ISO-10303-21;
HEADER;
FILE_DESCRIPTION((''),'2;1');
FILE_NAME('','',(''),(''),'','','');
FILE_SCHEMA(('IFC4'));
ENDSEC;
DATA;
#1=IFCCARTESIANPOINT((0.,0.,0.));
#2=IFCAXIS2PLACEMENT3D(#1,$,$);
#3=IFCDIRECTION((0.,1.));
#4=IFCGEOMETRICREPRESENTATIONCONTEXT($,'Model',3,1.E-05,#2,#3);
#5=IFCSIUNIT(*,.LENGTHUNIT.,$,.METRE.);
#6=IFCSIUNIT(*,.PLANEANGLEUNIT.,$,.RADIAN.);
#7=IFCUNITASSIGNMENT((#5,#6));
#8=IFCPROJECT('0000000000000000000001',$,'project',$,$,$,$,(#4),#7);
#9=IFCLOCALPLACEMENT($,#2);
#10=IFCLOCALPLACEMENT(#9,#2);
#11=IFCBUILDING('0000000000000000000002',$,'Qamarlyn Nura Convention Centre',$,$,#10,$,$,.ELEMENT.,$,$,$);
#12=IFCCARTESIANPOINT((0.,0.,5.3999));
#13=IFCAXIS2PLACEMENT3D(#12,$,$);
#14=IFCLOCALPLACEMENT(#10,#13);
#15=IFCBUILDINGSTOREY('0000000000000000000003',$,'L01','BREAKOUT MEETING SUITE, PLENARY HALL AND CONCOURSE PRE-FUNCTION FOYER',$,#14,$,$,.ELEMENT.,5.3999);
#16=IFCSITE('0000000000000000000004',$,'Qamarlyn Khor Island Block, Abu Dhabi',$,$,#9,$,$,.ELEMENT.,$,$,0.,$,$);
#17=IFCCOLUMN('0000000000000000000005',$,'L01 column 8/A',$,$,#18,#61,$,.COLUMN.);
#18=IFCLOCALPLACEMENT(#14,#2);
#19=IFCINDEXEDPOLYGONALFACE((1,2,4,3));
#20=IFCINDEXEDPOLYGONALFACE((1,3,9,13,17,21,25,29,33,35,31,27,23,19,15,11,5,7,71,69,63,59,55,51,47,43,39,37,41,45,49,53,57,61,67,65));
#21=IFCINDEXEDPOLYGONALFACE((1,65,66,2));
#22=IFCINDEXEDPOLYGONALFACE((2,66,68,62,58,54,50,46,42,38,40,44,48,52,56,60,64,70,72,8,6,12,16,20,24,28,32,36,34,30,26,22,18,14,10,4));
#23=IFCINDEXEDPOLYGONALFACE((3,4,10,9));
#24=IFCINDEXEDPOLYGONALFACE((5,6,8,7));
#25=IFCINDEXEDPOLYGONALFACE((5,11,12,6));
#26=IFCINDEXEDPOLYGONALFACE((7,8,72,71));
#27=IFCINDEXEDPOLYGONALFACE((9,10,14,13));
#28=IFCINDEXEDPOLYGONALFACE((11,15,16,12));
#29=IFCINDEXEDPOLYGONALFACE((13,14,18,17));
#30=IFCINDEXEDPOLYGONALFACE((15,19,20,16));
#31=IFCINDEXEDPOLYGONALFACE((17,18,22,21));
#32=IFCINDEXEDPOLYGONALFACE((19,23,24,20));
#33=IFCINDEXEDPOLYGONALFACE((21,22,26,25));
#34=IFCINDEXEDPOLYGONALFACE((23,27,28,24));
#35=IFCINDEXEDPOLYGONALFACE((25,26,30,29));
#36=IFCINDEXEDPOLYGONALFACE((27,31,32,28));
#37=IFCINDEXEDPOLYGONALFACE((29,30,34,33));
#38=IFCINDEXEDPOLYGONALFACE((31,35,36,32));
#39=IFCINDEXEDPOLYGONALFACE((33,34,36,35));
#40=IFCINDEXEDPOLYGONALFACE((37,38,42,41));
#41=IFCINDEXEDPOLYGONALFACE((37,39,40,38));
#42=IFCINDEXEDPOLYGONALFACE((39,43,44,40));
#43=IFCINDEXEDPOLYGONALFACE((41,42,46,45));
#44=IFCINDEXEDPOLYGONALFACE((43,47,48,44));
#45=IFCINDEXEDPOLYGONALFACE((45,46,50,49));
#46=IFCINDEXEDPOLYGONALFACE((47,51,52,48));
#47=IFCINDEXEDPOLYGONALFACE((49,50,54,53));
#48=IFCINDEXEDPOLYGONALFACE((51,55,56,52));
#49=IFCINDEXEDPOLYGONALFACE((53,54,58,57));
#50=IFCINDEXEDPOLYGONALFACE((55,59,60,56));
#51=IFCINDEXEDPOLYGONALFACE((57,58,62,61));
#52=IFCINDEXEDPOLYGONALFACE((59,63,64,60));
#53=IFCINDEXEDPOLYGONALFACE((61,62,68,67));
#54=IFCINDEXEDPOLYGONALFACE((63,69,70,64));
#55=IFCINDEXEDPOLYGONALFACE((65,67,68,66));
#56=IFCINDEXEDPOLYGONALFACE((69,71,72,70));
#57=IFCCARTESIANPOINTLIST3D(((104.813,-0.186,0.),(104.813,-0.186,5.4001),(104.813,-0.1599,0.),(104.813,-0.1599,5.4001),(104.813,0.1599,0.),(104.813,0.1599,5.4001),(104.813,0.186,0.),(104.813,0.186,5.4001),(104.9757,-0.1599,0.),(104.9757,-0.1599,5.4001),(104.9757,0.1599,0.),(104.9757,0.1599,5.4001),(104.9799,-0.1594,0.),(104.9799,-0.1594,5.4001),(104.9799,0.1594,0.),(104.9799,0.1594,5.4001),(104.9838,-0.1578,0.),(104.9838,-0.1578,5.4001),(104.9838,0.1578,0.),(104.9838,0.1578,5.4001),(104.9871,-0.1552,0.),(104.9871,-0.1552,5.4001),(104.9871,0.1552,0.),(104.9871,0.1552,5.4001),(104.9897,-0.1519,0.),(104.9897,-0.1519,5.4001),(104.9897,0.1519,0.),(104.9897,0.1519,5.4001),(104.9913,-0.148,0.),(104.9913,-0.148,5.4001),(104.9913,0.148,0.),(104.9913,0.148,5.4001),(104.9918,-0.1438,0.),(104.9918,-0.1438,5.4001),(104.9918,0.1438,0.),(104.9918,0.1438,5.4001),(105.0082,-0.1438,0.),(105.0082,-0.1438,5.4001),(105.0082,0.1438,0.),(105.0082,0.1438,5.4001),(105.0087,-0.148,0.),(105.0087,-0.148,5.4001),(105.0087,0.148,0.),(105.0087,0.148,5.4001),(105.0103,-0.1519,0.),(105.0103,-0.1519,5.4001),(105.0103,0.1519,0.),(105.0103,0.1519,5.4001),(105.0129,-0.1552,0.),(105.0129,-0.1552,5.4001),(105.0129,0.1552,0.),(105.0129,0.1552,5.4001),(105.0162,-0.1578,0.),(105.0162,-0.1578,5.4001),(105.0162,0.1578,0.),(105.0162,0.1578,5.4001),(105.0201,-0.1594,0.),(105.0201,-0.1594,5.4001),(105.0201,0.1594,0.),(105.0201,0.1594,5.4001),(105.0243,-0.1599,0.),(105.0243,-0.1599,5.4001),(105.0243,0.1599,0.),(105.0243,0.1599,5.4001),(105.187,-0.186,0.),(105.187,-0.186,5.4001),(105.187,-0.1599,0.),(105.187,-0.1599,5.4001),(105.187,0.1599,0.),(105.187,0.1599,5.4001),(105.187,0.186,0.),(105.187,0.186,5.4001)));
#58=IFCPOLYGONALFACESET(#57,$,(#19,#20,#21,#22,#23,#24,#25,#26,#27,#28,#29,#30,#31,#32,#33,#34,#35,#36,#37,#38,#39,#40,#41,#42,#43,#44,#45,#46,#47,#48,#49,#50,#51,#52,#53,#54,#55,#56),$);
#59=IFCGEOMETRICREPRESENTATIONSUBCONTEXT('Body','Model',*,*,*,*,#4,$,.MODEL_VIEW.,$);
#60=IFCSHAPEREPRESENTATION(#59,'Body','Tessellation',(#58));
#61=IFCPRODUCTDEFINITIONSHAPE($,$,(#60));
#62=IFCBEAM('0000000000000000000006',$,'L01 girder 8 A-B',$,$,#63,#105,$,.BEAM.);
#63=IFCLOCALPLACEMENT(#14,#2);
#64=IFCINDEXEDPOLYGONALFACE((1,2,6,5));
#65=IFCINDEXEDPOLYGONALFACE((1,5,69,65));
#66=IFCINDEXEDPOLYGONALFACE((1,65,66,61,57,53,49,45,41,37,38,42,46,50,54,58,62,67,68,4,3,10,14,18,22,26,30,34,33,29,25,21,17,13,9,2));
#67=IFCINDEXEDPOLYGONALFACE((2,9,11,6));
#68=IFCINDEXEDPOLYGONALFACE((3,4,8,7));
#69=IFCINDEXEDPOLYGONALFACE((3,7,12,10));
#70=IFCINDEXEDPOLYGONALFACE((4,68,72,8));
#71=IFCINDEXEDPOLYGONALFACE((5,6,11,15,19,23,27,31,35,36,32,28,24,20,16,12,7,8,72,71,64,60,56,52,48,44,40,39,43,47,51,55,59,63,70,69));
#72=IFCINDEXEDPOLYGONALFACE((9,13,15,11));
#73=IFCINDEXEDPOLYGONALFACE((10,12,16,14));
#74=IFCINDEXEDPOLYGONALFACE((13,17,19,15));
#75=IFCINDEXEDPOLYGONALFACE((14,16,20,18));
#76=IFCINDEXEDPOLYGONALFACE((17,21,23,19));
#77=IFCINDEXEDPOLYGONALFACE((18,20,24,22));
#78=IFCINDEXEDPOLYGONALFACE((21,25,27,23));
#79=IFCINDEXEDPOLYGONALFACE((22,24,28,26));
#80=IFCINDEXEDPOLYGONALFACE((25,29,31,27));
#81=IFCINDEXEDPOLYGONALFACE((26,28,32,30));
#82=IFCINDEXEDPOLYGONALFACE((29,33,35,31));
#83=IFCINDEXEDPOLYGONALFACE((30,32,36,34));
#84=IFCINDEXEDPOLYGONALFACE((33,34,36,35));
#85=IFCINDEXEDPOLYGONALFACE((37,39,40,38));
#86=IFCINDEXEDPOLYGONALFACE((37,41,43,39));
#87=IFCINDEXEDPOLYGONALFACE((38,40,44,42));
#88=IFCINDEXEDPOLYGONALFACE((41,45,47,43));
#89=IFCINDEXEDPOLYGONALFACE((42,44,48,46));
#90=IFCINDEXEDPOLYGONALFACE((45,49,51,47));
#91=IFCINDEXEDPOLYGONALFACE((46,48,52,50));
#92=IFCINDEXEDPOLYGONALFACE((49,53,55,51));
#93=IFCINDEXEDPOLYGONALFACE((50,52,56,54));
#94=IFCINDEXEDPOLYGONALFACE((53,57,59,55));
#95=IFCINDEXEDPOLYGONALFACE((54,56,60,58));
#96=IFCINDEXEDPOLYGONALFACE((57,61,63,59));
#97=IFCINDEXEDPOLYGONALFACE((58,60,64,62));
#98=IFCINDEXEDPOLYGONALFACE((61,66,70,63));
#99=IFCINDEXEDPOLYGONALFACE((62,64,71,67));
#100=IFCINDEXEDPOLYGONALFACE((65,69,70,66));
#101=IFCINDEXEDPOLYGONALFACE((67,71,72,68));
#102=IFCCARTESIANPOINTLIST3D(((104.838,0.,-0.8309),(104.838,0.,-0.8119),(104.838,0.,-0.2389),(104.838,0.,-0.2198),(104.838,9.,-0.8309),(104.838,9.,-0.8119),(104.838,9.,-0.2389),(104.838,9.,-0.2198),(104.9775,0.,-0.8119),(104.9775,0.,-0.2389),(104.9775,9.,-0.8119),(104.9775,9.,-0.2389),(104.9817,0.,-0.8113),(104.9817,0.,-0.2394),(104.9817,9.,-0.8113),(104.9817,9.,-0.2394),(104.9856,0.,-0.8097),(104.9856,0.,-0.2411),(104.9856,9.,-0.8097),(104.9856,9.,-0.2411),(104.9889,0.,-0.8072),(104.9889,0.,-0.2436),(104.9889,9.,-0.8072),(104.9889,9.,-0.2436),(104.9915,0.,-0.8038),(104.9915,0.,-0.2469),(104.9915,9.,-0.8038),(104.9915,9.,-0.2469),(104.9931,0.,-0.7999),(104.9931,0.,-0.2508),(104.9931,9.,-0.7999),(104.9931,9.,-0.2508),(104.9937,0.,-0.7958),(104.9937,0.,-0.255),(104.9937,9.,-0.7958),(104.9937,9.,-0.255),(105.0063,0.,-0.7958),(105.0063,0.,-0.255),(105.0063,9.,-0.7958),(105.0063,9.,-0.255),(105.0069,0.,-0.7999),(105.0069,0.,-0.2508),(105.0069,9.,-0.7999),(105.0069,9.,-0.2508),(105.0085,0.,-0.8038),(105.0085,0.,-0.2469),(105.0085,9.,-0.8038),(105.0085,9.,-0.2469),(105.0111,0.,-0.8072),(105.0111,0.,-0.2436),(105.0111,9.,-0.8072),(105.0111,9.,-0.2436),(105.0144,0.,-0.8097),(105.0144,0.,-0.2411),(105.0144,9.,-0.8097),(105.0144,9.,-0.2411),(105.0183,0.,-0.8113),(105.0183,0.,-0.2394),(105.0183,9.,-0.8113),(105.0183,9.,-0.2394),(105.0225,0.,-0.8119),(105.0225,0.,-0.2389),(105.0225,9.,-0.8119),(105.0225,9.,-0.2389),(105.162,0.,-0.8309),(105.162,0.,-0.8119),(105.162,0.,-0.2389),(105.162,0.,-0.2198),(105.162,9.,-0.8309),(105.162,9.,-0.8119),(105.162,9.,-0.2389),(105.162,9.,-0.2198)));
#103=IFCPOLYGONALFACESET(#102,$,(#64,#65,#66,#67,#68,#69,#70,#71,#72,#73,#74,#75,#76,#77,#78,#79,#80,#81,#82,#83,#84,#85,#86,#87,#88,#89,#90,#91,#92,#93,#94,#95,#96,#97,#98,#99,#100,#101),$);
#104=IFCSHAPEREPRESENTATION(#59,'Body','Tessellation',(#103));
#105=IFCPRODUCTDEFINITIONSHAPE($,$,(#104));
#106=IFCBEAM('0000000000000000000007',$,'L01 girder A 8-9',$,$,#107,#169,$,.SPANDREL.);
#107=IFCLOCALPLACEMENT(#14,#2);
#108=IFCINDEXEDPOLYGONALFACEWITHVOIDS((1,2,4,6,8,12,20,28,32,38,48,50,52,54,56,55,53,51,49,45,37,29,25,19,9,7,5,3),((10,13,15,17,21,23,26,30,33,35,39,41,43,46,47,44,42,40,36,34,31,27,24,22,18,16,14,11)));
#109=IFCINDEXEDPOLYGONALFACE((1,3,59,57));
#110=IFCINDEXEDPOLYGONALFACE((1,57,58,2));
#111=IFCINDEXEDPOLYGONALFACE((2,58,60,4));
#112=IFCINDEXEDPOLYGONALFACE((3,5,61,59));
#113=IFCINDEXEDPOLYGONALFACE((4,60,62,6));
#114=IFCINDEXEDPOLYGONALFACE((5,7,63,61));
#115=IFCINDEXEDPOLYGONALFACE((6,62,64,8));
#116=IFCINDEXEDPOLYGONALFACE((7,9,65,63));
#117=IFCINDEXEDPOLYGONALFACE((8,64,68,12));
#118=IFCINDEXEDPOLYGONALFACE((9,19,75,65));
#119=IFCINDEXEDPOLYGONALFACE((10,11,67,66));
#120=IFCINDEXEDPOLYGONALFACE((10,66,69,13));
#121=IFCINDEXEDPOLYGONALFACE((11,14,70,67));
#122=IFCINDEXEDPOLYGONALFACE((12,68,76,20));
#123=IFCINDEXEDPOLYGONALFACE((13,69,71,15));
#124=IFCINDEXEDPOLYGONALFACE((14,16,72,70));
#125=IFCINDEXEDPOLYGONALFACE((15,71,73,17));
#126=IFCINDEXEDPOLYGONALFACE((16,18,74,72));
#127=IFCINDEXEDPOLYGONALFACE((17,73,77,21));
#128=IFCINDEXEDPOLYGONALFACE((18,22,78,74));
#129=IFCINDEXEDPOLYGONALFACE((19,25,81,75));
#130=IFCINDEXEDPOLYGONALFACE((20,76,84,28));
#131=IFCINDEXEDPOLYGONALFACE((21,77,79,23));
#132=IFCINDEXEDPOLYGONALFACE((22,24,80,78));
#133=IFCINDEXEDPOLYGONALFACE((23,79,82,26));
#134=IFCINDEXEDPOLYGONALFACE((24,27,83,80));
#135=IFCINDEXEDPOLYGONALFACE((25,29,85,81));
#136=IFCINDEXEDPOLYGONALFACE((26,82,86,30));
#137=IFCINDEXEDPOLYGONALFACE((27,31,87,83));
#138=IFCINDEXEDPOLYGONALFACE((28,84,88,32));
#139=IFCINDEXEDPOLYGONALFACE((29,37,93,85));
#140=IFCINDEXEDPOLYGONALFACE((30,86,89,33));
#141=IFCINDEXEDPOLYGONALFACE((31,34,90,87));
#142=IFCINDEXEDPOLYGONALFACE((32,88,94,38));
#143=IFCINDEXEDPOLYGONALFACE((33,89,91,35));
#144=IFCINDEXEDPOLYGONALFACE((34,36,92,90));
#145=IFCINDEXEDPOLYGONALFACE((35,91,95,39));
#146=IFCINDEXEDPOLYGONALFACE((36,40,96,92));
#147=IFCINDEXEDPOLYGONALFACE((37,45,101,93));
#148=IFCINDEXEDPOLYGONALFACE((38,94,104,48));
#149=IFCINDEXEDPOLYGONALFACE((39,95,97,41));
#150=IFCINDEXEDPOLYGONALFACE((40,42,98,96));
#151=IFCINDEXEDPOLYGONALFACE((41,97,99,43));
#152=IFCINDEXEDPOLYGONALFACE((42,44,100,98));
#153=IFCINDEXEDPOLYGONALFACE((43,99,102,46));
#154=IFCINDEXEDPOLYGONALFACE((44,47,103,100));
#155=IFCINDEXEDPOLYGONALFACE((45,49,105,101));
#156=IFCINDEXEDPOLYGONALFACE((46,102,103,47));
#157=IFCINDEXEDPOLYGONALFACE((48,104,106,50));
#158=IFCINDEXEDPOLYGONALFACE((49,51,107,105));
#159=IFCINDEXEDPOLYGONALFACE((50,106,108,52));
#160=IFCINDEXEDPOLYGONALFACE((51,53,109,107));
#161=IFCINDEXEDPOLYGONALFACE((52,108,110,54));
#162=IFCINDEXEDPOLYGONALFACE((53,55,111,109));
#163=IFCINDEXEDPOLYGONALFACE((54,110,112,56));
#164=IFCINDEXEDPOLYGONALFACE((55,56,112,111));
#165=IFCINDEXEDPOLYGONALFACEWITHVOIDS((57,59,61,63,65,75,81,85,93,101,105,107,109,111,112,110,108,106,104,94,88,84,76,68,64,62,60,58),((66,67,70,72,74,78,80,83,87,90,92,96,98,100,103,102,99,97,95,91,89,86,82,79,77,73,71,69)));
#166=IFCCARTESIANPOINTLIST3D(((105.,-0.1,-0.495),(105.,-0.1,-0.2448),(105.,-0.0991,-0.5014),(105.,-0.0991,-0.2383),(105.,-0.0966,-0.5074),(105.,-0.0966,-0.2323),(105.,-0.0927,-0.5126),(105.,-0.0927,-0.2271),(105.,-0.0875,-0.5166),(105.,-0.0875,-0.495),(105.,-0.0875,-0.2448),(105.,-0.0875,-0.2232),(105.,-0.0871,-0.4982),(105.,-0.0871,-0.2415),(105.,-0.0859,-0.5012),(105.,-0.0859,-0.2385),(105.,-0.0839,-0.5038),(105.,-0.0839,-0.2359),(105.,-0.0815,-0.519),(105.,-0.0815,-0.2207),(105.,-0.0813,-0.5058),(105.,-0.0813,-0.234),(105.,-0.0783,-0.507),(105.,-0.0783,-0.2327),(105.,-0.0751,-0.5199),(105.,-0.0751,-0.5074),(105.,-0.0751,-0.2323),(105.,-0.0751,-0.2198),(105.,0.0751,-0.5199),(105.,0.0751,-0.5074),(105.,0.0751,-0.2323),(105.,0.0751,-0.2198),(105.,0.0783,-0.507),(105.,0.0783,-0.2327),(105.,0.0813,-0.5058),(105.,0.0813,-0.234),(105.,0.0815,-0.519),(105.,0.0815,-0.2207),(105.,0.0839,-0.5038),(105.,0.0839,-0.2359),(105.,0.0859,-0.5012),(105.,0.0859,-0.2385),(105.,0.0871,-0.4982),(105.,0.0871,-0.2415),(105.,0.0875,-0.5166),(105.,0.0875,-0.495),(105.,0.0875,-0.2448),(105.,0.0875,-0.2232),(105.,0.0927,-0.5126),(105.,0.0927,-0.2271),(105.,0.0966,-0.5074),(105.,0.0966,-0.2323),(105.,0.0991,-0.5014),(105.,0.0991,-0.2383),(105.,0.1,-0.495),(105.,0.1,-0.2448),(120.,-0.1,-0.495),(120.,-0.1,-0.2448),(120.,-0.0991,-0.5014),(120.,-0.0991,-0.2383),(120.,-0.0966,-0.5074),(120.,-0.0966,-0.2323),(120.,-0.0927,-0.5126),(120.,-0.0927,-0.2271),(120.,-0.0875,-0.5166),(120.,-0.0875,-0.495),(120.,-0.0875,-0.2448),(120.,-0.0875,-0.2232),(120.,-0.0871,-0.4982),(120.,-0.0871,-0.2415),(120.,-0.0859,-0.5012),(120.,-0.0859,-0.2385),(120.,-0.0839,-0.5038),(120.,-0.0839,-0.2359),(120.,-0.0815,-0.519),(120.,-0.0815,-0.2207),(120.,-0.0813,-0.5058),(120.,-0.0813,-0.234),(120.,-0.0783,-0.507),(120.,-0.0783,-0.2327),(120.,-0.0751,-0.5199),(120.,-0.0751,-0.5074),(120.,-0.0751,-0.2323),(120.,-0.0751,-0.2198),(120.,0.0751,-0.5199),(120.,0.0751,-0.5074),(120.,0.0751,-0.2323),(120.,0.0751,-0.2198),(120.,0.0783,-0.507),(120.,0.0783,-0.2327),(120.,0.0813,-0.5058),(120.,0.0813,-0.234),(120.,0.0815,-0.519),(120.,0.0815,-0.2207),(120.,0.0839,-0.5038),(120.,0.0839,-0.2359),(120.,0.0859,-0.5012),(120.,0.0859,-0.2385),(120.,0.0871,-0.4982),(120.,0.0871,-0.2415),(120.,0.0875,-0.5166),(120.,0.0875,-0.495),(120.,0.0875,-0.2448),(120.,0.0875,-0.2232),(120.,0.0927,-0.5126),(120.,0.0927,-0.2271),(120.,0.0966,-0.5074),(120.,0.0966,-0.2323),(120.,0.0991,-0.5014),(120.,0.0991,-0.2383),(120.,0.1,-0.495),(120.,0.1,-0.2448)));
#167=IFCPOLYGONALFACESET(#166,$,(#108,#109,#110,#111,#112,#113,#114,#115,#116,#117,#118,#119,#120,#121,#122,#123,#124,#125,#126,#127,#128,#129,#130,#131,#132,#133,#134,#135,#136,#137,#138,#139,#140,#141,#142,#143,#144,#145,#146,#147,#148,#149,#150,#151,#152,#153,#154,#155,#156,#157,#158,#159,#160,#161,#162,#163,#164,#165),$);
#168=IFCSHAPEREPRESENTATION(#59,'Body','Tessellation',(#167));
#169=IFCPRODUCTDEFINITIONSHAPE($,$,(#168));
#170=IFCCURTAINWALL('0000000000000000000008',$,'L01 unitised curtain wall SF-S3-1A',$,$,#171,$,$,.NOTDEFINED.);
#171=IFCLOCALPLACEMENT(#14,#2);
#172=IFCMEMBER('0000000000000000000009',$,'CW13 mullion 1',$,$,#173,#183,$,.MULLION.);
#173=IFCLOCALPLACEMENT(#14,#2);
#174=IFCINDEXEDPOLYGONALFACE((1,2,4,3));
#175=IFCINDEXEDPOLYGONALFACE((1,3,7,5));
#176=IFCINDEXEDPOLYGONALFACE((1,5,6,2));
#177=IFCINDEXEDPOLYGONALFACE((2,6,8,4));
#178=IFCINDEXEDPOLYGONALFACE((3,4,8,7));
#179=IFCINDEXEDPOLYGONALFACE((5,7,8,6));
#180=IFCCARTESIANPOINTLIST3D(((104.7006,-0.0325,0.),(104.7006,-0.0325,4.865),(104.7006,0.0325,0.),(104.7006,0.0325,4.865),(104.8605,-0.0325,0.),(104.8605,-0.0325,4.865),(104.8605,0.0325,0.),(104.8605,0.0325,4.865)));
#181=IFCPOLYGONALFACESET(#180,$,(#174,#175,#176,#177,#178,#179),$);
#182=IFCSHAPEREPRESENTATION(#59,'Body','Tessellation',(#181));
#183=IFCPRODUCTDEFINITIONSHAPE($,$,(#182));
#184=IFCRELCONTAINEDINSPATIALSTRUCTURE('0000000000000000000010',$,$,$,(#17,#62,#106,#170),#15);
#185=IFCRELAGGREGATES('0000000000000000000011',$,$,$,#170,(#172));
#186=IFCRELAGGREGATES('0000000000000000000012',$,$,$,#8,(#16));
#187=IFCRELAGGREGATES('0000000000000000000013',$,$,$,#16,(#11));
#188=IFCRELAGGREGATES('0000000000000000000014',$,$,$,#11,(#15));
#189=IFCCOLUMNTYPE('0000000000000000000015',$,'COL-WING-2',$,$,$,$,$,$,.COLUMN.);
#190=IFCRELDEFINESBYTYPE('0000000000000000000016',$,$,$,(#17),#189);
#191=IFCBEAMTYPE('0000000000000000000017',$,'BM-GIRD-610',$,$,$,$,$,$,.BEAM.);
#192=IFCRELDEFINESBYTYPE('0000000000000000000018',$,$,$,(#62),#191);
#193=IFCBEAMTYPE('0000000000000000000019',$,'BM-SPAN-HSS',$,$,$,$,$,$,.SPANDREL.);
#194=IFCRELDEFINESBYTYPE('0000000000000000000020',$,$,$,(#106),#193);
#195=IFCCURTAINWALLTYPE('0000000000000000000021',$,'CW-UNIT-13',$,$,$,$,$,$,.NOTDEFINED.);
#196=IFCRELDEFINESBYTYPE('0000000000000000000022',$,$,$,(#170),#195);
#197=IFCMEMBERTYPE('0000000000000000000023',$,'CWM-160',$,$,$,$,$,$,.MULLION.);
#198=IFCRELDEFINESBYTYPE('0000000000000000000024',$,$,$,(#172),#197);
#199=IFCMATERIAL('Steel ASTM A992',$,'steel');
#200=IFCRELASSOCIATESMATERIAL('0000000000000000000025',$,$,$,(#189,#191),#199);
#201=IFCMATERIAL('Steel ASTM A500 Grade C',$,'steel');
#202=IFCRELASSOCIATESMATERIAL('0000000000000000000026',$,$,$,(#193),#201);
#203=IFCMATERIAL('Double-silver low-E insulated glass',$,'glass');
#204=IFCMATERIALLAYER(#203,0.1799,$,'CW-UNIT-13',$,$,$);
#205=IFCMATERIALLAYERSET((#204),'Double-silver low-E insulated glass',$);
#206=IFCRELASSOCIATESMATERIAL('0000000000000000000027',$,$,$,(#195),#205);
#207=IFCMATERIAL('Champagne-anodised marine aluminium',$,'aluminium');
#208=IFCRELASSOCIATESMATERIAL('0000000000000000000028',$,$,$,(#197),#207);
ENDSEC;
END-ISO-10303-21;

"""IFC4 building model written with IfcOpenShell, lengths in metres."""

from ifc_helpers import new_model, si_unit, direction, frame, origin, origin_2d, place, context, subcontext, project, spatial, rectangle, hollow_rectangle, i_section, extrude, material, layer, layer_set, material_profile, profile_set, type_object, element, aggregate, save


model = new_model("IFC4")

# Units and contexts
model_context = context("Model", 3, precision=1e-05, world=origin(), true_north=direction((0.0, 1.0)))
body_context = subcontext(model_context, "Body", "Model", "MODEL_VIEW")
ifc_project = project(units=[si_unit("LENGTHUNIT", "METRE"), si_unit("PLANEANGLEUNIT", "RADIAN")], contexts=[model_context])

# Site, building, storey
site_placement = place(None, origin())
site = spatial("IfcSite", under=ifc_project, at=site_placement, Name="Qamarlyn Khor Island Block, Abu Dhabi", CompositionType="ELEMENT", RefElevation=0.0)
building_placement = place(site_placement, origin())
building = spatial("IfcBuilding", under=site, at=building_placement, Name="Qamarlyn Nura Convention Centre", CompositionType="ELEMENT")
storey_placement = place(building_placement, frame((0.0, 0.0, 5.3999)))
storey = spatial("IfcBuildingStorey", under=building, at=storey_placement, Name="L01", Description="BREAKOUT MEETING SUITE, PLENARY HALL AND CONCOURSE PRE-FUNCTION FOYER", CompositionType="ELEMENT", Elevation=5.3999)

# Column
ifc_material_1 = material(Name="Steel ASTM A992", Category="steel")
ifc_material_profile_1 = material_profile(ifc_material_1, i_section(OverallWidth=0.374, OverallDepth=0.3721, WebThickness=0.0164, FlangeThickness=0.0261, FilletRadius=0.0161, at=origin_2d()), Name="W360X196")
ifc_profile_set_1 = profile_set([ifc_material_profile_1], Name="Steel ASTM A992")
column_type = type_object("IfcColumnType", Name="COL-WING-2", PredefinedType="COLUMN", material=ifc_profile_set_1)
column_placement = place(storey_placement, frame((105.0, 0.0, 0.0), z_axis=(0.0, 0.0, 1.0), x_axis=(1.0, 0.0, 0.0)))
element("IfcColumn", 1, at=column_placement, inside=storey, type_object=column_type, Name="L01 column 8/A", PredefinedType="COLUMN", context=body_context, shape_type="SweptSolid", body=[
    extrude(i_section(OverallWidth=0.374, OverallDepth=0.3721, WebThickness=0.0164, FlangeThickness=0.0261, FilletRadius=0.0161, at=origin_2d()), origin(), (0.0, 0.0, 1.0), 5.4001),
])

# Beams
ifc_material_profile_2 = material_profile(ifc_material_1, i_section(OverallWidth=0.324, OverallDepth=0.6111, WebThickness=0.0127, FlangeThickness=0.019, FilletRadius=0.0161, at=origin_2d()), Name="W610X155")
ifc_profile_set_2 = profile_set([ifc_material_profile_2], Name="Steel ASTM A992")
beam_type_1 = type_object("IfcBeamType", Name="BM-GIRD-610", PredefinedType="BEAM", material=ifc_profile_set_2)
beam_1_placement = place(storey_placement, frame((105.0, 0.0, -0.5254), z_axis=(0.0, 1.0, 0.0), x_axis=(-1.0, 0.0, 0.0)))
element("IfcBeam", 2, at=beam_1_placement, inside=storey, type_object=beam_type_1, Name="L01 girder 8 A-B", PredefinedType="BEAM", context=body_context, shape_type="SweptSolid", body=[
    extrude(i_section(OverallWidth=0.324, OverallDepth=0.6111, WebThickness=0.0127, FlangeThickness=0.019, FilletRadius=0.0161, at=origin_2d()), origin(), (0.0, 0.0, 1.0), 9.0),
])
ifc_material_2 = material(Name="Steel ASTM A500 Grade C", Category="steel")
ifc_material_profile_3 = material_profile(ifc_material_2, hollow_rectangle(XDim=0.2, YDim=0.3, WallThickness=0.0125, InnerFilletRadius=0.0125, OuterFilletRadius=0.0249, at=origin_2d()), Name="HSS300X200X12.5")
ifc_profile_set_3 = profile_set([ifc_material_profile_3], Name="Steel ASTM A500 Grade C")
beam_type_2 = type_object("IfcBeamType", Name="BM-SPAN-HSS", PredefinedType="SPANDREL", material=ifc_profile_set_3)
beam_2_placement = place(storey_placement, frame((105.0, 0.0, -0.3699), z_axis=(1.0, 0.0, 0.0), x_axis=(0.0, 1.0, 0.0)))
element("IfcBeam", 3, at=beam_2_placement, inside=storey, type_object=beam_type_2, Name="L01 girder A 8-9", PredefinedType="SPANDREL", context=body_context, shape_type="SweptSolid", body=[
    extrude(hollow_rectangle(XDim=0.2, YDim=0.3, WallThickness=0.0125, InnerFilletRadius=0.0125, OuterFilletRadius=0.0249, at=origin_2d()), origin(), (0.0, 0.0, 1.0), 15.0),
])

# Curtain wall, member
ifc_material_3 = material(Name="Double-silver low-E insulated glass", Category="glass")
ifc_layer_1 = layer(ifc_material_3, 0.1799, Name="CW-UNIT-13")
ifc_layer_set_1 = layer_set([ifc_layer_1], Name="Double-silver low-E insulated glass")
curtain_wall_type_1 = type_object("IfcCurtainWallType", Name="CW-UNIT-13", PredefinedType="NOTDEFINED", material=ifc_layer_set_1)
curtain_wall_1_placement = place(storey_placement, origin())
curtain_wall_1 = element("IfcCurtainWall", 4, at=curtain_wall_1_placement, inside=storey, type_object=curtain_wall_type_1, Name="L01 unitised curtain wall SF-S3-1A", PredefinedType="NOTDEFINED")
ifc_material_4 = material(Name="Champagne-anodised marine aluminium", Category="aluminium")
ifc_material_profile_4 = material_profile(ifc_material_4, rectangle(XDim=0.0649, YDim=0.1599, at=origin_2d()), Name="ALU MULLION 65x160")
ifc_profile_set_4 = profile_set([ifc_material_profile_4], Name="Champagne-anodised marine aluminium")
member_type_1 = type_object("IfcMemberType", Name="CWM-160", PredefinedType="MULLION", material=ifc_profile_set_4)
member_1_placement = place(storey_placement, frame((104.7805, 0.0, 0.0), z_axis=(0.0, 0.0, 1.0), x_axis=(0.0, -1.0, 0.0)))
member_1 = element("IfcMember", 5, at=member_1_placement, type_object=member_type_1, Name="CW13 mullion 1", PredefinedType="MULLION", context=body_context, shape_type="SweptSolid", body=[
    extrude(rectangle(XDim=0.0649, YDim=0.1599, at=origin_2d()), origin(), (0.0, 0.0, 1.0), 4.865),
])

aggregate(curtain_wall_1, [member_1])

save(model, "model.ifc")
